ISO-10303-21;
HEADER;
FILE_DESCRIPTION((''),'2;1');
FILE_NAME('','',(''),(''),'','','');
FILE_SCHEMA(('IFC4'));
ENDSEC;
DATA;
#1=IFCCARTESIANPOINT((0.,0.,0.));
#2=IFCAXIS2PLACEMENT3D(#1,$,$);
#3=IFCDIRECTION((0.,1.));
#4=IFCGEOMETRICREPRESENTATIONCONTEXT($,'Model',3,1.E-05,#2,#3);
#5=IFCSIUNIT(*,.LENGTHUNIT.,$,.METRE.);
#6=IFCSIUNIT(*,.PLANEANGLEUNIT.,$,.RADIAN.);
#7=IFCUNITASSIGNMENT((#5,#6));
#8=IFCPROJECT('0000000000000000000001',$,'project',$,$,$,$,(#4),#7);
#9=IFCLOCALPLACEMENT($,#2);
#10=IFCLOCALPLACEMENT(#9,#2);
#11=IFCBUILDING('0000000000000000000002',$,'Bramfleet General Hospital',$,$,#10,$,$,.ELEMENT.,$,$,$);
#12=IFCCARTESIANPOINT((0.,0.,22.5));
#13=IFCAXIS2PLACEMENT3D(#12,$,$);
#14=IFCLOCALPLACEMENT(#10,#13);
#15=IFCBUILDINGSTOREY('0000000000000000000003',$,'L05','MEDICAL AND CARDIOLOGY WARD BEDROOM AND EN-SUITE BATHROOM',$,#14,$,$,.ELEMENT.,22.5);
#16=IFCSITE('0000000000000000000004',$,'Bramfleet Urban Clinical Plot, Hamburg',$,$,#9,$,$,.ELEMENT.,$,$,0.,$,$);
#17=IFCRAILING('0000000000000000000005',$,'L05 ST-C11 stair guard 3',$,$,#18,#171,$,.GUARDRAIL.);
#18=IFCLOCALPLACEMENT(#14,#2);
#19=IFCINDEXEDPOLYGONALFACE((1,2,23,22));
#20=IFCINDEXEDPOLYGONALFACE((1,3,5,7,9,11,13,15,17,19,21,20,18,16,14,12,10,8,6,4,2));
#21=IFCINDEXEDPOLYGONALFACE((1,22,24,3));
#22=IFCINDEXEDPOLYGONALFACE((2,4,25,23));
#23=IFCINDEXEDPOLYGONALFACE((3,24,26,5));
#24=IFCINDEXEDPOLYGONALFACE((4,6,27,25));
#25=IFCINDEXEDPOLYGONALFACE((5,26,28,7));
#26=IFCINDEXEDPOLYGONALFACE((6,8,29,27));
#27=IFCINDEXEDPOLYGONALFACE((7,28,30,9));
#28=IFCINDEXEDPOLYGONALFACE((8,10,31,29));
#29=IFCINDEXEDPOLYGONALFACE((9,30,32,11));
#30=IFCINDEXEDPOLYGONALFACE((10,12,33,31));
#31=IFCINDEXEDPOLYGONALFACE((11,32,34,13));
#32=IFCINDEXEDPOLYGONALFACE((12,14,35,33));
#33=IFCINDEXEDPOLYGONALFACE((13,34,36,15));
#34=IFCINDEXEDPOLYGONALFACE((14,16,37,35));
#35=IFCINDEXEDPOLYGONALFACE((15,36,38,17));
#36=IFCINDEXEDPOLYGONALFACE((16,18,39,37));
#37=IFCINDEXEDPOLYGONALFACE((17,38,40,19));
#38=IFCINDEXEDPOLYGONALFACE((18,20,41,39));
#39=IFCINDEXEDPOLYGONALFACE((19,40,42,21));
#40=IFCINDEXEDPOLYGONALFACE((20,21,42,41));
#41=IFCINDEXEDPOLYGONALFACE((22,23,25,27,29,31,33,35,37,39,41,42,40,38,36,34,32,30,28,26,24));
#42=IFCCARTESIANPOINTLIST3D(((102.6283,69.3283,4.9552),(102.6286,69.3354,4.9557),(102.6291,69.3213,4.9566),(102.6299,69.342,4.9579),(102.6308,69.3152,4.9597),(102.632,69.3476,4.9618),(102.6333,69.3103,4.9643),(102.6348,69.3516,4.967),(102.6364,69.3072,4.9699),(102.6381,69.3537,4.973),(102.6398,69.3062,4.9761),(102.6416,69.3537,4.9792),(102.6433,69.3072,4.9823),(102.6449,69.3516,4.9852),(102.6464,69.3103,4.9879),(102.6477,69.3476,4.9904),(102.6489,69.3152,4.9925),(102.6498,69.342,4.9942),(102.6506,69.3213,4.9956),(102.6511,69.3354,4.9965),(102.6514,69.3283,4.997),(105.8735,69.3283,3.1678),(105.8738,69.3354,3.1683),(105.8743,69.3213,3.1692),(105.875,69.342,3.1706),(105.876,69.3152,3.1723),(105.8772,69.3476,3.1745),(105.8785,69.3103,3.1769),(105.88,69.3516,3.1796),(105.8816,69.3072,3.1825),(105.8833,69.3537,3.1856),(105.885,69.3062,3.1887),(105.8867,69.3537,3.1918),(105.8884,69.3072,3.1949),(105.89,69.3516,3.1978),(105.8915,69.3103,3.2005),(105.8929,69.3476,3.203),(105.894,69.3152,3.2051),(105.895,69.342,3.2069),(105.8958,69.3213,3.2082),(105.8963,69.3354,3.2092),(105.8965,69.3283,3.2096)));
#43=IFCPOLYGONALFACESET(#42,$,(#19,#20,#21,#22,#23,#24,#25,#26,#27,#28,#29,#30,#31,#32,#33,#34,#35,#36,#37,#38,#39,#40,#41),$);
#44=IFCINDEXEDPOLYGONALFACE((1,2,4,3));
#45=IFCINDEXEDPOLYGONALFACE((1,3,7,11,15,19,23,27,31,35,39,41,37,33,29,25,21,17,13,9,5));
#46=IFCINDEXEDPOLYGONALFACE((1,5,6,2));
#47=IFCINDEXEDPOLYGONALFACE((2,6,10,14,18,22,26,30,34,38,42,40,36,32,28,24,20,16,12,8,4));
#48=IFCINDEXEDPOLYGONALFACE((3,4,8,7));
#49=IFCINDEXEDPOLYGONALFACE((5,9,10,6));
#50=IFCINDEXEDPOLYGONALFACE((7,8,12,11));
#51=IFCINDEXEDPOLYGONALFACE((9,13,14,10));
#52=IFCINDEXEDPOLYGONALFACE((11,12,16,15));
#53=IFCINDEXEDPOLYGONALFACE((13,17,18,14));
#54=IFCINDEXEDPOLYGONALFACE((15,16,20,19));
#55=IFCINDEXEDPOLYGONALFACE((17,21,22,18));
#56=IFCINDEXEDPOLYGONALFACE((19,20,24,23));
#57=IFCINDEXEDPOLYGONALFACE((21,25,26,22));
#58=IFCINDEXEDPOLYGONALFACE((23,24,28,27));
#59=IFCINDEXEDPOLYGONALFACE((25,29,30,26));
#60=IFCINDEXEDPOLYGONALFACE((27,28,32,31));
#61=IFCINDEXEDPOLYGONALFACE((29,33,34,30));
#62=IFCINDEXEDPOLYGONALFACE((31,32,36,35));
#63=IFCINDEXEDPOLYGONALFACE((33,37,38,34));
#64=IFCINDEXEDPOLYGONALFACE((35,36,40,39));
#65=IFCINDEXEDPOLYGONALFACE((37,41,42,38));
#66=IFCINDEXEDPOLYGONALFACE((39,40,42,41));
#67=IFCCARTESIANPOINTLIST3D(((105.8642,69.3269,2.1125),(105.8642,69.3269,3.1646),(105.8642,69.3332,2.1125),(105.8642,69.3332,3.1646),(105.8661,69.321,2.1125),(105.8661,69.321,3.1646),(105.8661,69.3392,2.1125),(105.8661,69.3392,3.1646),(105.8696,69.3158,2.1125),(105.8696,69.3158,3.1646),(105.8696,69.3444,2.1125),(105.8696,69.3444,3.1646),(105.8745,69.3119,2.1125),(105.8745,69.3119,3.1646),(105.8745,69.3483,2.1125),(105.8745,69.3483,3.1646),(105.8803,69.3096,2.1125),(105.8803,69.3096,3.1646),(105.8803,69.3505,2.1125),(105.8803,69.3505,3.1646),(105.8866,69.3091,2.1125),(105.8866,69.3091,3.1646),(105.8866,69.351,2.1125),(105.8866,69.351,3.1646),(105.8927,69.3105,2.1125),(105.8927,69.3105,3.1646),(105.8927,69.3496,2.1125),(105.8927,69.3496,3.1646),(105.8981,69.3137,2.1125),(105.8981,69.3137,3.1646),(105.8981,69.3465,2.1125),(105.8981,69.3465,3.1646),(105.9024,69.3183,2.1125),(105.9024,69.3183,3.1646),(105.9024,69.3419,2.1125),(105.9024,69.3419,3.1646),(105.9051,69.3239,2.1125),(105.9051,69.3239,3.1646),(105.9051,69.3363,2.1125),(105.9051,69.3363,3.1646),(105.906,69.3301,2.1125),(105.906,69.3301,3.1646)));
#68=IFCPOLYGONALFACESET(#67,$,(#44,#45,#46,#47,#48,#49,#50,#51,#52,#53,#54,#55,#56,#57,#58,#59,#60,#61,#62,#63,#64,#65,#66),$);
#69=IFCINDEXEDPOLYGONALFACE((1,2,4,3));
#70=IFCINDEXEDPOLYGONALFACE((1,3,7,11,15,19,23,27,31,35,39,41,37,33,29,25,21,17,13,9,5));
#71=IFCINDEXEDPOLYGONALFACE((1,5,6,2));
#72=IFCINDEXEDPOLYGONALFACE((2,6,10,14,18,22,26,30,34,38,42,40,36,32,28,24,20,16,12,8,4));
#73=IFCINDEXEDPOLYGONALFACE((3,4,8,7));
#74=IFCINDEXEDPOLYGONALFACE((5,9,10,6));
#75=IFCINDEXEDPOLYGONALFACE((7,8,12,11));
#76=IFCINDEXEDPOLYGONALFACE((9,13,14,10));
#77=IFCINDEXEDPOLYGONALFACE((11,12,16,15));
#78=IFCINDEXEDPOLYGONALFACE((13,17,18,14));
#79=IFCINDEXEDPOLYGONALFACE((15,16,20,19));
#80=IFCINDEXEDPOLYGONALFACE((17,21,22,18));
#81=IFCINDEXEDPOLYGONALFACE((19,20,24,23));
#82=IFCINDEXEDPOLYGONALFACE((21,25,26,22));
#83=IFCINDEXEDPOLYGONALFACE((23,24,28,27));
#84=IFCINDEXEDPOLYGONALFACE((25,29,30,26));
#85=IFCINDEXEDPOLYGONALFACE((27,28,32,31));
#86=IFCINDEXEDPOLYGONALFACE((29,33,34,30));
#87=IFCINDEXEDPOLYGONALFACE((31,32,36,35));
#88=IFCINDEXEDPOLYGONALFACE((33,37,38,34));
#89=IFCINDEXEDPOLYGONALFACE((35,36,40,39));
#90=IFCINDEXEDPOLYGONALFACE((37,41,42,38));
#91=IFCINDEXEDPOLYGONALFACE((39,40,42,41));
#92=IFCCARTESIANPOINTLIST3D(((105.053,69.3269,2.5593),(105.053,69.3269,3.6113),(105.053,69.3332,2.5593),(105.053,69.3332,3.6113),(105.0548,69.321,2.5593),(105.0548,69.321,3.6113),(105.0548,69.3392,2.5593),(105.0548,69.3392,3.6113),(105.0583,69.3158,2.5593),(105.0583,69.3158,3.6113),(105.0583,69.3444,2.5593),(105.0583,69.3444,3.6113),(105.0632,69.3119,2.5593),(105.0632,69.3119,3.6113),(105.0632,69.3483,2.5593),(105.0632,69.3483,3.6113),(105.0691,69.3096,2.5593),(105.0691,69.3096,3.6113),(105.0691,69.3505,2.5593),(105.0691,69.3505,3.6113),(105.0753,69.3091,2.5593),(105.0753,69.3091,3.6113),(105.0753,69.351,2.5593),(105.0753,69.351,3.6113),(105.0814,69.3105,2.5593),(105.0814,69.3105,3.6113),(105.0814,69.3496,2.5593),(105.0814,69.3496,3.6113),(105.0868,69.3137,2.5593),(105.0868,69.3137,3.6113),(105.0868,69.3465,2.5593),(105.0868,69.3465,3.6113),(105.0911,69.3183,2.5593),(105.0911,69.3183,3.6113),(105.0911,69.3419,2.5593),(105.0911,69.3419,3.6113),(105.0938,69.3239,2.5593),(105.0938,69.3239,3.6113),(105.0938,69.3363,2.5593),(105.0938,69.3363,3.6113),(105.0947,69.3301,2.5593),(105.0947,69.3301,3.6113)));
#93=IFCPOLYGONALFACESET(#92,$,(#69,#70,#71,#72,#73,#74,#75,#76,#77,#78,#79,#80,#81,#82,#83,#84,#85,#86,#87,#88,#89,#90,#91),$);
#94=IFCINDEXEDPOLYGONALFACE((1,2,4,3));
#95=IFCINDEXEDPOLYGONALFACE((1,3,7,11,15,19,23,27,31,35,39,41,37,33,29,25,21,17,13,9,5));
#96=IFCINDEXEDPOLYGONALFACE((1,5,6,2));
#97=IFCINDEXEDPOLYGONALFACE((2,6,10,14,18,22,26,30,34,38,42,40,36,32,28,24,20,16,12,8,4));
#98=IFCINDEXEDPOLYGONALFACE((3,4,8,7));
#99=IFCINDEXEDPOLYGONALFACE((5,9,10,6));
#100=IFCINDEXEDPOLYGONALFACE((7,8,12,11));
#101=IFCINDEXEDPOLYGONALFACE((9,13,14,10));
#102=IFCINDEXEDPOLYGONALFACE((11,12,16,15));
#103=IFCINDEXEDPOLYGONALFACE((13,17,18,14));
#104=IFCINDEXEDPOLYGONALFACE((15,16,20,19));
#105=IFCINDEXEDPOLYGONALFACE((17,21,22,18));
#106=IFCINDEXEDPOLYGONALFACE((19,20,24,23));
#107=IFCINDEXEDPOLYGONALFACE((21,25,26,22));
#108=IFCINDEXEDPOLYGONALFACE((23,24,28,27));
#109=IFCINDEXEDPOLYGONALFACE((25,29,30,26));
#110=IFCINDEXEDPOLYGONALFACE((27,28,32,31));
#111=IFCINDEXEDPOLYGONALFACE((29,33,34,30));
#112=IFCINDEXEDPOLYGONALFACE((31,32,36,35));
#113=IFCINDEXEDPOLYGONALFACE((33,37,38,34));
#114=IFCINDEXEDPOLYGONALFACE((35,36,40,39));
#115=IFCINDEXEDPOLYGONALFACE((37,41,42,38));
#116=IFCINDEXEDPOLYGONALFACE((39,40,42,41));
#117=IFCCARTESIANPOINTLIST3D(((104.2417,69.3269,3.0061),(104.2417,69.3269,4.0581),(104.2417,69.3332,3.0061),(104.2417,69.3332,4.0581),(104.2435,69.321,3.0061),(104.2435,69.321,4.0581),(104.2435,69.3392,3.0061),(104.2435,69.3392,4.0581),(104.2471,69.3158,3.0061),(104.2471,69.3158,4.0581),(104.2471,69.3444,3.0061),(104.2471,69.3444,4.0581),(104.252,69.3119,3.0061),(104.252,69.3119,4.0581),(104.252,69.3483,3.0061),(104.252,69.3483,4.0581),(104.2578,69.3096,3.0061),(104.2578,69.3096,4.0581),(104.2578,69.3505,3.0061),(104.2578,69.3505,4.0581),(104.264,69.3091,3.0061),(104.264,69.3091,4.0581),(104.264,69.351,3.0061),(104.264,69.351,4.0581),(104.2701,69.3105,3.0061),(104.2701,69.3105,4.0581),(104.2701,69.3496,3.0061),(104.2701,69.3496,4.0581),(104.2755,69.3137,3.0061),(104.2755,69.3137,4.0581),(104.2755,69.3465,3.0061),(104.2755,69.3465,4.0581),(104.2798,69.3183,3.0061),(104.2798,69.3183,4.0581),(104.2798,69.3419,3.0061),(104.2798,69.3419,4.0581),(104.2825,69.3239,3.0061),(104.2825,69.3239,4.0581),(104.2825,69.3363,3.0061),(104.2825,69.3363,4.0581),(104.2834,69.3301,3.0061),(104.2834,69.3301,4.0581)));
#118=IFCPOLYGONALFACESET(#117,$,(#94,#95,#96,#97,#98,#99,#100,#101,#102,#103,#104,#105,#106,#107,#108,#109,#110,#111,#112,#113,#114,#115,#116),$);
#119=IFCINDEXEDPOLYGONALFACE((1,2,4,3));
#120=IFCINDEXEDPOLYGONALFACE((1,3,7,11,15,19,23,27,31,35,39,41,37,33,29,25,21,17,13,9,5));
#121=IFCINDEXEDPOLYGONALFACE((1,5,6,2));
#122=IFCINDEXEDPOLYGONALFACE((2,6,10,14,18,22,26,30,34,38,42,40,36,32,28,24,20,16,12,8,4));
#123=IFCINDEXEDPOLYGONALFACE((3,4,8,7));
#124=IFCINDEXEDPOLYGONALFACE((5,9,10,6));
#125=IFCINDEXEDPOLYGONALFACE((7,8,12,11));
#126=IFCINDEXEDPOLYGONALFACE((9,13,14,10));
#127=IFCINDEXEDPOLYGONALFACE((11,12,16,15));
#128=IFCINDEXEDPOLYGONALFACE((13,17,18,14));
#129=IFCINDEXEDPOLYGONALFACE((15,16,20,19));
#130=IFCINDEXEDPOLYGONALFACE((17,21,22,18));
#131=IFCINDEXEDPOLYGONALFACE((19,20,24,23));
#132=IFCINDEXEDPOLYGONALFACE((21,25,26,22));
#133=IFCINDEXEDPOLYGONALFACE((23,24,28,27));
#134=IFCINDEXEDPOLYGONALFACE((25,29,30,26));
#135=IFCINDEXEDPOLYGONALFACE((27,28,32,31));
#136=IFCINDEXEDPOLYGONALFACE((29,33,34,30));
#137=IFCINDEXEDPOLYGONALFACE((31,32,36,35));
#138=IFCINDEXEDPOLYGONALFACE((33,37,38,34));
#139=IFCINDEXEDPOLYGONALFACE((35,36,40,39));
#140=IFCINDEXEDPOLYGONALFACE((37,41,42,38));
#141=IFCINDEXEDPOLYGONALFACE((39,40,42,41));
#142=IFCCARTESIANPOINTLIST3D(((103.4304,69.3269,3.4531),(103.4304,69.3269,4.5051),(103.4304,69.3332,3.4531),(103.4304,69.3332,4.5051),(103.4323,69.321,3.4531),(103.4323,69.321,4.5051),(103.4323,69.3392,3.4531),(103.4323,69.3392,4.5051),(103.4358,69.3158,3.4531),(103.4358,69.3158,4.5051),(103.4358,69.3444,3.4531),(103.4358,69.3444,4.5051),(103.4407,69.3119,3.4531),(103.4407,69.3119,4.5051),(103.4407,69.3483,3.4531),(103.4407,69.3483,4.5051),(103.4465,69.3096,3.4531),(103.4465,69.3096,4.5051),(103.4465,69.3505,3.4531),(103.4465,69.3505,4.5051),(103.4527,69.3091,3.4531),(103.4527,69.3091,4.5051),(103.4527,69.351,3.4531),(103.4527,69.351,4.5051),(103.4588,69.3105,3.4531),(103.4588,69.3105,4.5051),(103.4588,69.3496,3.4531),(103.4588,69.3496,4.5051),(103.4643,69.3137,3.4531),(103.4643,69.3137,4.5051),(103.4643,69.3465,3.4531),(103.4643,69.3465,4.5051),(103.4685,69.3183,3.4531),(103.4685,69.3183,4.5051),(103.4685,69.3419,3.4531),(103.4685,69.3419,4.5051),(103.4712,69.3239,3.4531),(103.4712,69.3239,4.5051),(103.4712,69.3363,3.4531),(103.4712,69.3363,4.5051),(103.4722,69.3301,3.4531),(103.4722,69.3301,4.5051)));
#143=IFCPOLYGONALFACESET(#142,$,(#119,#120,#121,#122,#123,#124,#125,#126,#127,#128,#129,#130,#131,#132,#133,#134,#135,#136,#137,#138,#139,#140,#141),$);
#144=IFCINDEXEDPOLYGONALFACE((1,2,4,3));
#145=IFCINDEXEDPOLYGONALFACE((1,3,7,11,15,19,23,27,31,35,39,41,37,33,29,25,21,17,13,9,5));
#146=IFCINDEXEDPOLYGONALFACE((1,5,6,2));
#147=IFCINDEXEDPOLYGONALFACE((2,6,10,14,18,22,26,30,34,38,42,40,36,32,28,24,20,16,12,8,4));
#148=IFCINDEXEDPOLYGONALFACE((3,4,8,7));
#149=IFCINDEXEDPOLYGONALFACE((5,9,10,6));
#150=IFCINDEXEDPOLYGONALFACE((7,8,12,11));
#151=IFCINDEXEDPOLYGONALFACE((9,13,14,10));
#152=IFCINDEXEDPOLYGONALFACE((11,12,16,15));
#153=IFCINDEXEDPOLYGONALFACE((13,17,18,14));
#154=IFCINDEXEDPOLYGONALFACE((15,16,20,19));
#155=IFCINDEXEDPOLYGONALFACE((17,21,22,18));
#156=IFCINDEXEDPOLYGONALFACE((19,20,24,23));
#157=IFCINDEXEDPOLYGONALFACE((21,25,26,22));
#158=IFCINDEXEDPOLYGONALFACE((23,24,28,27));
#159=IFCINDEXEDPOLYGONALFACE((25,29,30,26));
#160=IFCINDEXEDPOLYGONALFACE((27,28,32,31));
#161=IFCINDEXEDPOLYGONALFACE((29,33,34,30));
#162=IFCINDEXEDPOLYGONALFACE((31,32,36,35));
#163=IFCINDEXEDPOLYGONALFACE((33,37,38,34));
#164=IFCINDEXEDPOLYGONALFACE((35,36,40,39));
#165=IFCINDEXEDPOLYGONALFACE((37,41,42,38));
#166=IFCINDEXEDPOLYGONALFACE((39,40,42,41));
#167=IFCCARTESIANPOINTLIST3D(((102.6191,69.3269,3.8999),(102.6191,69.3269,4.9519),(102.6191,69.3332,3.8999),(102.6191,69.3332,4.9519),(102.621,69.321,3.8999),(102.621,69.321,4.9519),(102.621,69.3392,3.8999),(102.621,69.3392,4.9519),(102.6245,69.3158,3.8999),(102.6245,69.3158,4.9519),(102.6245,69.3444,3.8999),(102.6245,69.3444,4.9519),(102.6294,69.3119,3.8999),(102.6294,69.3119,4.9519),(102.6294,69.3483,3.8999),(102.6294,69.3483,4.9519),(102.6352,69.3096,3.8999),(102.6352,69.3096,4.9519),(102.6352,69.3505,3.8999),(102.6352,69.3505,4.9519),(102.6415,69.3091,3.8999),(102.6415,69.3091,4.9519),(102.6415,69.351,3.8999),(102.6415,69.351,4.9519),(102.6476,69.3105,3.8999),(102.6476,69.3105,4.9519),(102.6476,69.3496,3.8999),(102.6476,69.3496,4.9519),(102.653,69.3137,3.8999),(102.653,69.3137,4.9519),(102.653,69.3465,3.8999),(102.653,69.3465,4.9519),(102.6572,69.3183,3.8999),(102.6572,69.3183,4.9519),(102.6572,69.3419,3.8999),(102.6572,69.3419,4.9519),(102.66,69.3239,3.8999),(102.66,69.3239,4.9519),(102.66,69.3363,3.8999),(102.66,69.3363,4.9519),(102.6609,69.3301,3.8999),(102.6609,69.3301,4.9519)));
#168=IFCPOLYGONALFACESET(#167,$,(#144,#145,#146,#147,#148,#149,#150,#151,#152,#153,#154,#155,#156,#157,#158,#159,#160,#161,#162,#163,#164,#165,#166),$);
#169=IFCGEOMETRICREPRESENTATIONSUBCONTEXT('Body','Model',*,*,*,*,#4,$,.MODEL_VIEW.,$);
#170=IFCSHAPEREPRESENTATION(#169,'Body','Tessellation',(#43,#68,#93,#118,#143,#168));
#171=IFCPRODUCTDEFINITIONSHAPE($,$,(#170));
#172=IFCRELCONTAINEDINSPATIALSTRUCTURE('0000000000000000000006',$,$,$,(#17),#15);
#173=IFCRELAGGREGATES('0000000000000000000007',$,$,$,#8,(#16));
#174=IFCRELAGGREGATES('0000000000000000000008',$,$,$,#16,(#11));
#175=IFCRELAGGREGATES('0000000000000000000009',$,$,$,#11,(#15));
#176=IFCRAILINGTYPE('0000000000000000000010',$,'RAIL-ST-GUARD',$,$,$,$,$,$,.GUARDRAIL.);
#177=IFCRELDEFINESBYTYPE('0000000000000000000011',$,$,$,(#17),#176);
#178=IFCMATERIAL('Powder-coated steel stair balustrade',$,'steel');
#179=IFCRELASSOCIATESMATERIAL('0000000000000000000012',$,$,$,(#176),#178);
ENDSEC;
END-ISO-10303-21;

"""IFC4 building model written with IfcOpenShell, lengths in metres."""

from ifc_helpers import new_model, si_unit, direction, frame, origin, origin_2d, place, context, subcontext, project, spatial, circle, extrude, material, type_object, element, save


model = new_model("IFC4")

# Units and contexts
model_context = context("Model", 3, precision=1e-05, world=origin(), true_north=direction((0.0, 1.0)))
body_context = subcontext(model_context, "Body", "Model", "MODEL_VIEW")
ifc_project = project(units=[si_unit("LENGTHUNIT", "METRE"), si_unit("PLANEANGLEUNIT", "RADIAN")], contexts=[model_context])

# Site, building, storey
site_placement = place(None, origin())
site = spatial("IfcSite", under=ifc_project, at=site_placement, Name="Bramfleet Urban Clinical Plot, Hamburg", CompositionType="ELEMENT", RefElevation=0.0)
building_placement = place(site_placement, origin())
building = spatial("IfcBuilding", under=site, at=building_placement, Name="Bramfleet General Hospital", CompositionType="ELEMENT")
storey_placement = place(building_placement, frame((0.0, 0.0, 22.5)))
storey = spatial("IfcBuildingStorey", under=building, at=storey_placement, Name="L05", Description="MEDICAL AND CARDIOLOGY WARD BEDROOM AND EN-SUITE BATHROOM", CompositionType="ELEMENT", Elevation=22.5)

# Railing
ifc_material_1 = material(Name="Powder-coated steel stair balustrade", Category="steel")
railing_type_1 = type_object("IfcRailingType", Name="RAIL-ST-GUARD", PredefinedType="GUARDRAIL", material=ifc_material_1)
railing_1_placement = place(storey_placement, frame((105.885, 69.3301, 2.1125)))
element("IfcRailing", 1, at=railing_1_placement, inside=storey, type_object=railing_type_1, Name="L05 ST-C11 stair guard 3", PredefinedType="GUARDRAIL", context=body_context, shape_type="SweptSolid", body=[
    extrude(circle(Radius=0.0239, at=origin_2d()), frame((0.0, 0.0, 1.0762), z_axis=(-0.875926, 0.0, 0.482445), x_axis=(0.0, -1.0, 0.0)), (0.0, 0.0, 1.0), 3.7048),
    extrude(circle(Radius=0.021, at=origin_2d()), origin(), (0.0, 0.0, 1.0), 1.052),
    extrude(circle(Radius=0.021, at=origin_2d()), frame((-0.8113, 0.0, 0.4468)), (0.0, 0.0, 1.0), 1.052),
    extrude(circle(Radius=0.021, at=origin_2d()), frame((-1.6226, 0.0, 0.8936)), (0.0, 0.0, 1.0), 1.052),
    extrude(circle(Radius=0.021, at=origin_2d()), frame((-2.4338, 0.0, 1.3406)), (0.0, 0.0, 1.0), 1.052),
    extrude(circle(Radius=0.021, at=origin_2d()), frame((-3.2451, 0.0, 1.7874)), (0.0, 0.0, 1.0), 1.052),
])

save(model, "model.ifc")
